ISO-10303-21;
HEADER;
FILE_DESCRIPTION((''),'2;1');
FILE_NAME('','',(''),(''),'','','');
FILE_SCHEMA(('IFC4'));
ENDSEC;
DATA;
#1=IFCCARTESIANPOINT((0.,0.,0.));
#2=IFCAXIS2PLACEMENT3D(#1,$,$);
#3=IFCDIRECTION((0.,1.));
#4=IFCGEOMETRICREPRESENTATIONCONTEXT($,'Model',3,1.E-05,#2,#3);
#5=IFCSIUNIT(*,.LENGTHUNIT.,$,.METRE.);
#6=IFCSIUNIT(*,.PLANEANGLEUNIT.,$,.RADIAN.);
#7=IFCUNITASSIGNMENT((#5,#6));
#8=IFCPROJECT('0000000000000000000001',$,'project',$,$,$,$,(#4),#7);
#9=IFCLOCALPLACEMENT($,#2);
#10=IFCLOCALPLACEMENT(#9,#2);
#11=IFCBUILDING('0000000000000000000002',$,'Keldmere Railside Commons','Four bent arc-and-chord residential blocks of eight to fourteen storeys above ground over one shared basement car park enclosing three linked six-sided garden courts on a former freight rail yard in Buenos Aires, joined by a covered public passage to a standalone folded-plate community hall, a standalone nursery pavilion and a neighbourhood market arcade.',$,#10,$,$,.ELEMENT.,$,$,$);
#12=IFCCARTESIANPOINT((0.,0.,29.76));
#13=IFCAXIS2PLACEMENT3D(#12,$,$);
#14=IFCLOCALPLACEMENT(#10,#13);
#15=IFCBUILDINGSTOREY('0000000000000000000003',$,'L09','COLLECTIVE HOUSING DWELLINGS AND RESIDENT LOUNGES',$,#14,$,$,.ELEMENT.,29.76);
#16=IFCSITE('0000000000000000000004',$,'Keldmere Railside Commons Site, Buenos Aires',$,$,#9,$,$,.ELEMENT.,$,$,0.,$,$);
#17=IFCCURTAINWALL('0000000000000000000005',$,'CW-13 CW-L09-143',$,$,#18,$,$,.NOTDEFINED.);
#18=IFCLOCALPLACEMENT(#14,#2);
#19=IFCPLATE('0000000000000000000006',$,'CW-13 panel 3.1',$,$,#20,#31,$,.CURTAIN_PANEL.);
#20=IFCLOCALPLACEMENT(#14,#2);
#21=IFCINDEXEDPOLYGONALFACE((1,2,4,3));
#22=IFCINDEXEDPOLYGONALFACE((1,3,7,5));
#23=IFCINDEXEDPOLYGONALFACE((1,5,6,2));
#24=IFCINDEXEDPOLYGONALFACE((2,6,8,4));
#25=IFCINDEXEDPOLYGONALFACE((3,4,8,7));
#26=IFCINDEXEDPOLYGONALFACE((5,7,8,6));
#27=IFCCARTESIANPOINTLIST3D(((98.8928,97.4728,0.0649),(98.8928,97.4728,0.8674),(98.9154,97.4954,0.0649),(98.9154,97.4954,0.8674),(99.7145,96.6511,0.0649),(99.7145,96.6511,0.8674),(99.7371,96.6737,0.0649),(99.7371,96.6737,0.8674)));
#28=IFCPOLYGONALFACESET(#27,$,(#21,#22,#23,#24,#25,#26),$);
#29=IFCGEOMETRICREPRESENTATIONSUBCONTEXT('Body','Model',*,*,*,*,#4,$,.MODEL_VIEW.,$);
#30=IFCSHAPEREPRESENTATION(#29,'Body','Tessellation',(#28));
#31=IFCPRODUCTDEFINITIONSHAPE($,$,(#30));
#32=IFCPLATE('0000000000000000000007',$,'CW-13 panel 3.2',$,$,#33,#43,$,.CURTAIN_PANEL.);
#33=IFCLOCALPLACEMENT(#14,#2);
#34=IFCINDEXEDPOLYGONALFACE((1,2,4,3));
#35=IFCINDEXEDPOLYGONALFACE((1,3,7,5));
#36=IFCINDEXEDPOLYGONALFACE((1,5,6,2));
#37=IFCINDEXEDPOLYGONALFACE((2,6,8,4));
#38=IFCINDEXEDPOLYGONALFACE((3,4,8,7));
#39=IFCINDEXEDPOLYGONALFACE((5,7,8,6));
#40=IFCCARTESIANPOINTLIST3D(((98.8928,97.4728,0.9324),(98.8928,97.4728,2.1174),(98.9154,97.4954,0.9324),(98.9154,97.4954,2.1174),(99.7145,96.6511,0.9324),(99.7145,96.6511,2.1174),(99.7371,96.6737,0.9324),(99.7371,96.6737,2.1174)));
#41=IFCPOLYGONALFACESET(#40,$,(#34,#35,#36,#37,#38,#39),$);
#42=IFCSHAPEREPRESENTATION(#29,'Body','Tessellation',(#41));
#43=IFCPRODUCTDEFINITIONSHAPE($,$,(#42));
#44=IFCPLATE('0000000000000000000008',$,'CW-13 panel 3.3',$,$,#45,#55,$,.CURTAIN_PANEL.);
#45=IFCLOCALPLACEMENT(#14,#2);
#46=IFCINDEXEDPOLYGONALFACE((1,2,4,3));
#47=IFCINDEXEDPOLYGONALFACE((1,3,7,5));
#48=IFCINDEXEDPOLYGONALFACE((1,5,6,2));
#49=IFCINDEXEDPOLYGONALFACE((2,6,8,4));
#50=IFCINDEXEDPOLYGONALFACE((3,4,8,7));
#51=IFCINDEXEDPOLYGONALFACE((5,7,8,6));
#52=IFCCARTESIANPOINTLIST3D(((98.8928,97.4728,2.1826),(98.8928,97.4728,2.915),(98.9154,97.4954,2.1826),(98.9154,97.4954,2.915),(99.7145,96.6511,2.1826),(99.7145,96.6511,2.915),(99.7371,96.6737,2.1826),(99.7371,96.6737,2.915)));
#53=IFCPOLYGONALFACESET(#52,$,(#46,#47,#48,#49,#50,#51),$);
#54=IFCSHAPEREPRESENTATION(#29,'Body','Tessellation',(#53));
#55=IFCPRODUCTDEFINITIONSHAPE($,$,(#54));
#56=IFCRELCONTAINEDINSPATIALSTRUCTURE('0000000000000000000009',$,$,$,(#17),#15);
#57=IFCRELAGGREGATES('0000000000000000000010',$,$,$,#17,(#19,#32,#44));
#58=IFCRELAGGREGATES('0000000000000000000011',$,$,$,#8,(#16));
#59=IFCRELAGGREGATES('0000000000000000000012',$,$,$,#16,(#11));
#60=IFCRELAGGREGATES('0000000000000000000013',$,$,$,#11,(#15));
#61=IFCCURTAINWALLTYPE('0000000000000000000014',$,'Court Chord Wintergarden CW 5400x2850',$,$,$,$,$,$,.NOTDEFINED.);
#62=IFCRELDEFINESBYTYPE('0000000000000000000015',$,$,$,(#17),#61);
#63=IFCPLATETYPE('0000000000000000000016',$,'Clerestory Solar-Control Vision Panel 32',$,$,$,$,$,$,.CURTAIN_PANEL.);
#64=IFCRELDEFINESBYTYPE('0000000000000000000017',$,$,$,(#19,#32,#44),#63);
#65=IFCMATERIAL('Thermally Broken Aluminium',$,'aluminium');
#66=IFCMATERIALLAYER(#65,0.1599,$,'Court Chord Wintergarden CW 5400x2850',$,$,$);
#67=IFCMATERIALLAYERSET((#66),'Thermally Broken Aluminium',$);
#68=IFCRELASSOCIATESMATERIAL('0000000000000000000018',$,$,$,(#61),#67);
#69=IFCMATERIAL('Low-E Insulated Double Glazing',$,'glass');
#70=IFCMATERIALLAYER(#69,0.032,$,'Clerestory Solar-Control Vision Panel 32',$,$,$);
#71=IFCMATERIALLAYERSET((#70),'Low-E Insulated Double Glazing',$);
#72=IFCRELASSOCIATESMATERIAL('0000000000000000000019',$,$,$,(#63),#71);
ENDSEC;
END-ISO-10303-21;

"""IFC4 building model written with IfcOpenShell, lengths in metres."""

from ifc_helpers import new_model, si_unit, direction, frame, origin, origin_2d, place, context, subcontext, project, spatial, rectangle, extrude, material, layer, layer_set, type_object, element, aggregate, save


model = new_model("IFC4")

# Units and contexts
model_context = context("Model", 3, precision=1e-05, world=origin(), true_north=direction((0.0, 1.0)))
body_context = subcontext(model_context, "Body", "Model", "MODEL_VIEW")
ifc_project = project(units=[si_unit("LENGTHUNIT", "METRE"), si_unit("PLANEANGLEUNIT", "RADIAN")], contexts=[model_context])

# Site, building, storey
site_placement = place(None, origin())
site = spatial("IfcSite", under=ifc_project, at=site_placement, Name="Keldmere Railside Commons Site, Buenos Aires", CompositionType="ELEMENT", RefElevation=0.0)
building_placement = place(site_placement, origin())
building = spatial("IfcBuilding", under=site, at=building_placement, Name="Keldmere Railside Commons", Description="Four bent arc-and-chord residential blocks of eight to fourteen storeys above ground over one shared basement car park enclosing three linked six-sided garden courts on a former freight rail yard in Buenos Aires, joined by a covered public passage to a standalone folded-plate community hall, a standalone nursery pavilion and a neighbourhood market arcade.", CompositionType="ELEMENT")
storey_placement = place(building_placement, frame((0.0, 0.0, 29.76)))
storey = spatial("IfcBuildingStorey", under=building, at=storey_placement, Name="L09", Description="COLLECTIVE HOUSING DWELLINGS AND RESIDENT LOUNGES", CompositionType="ELEMENT", Elevation=29.76)

# Curtain wall
ifc_material_1 = material(Name="Thermally Broken Aluminium", Category="aluminium")
ifc_layer_1 = layer(ifc_material_1, 0.1599, Name="Court Chord Wintergarden CW 5400x2850")
ifc_layer_set_1 = layer_set([ifc_layer_1], Name="Thermally Broken Aluminium")
curtain_wall_type_1 = type_object("IfcCurtainWallType", Name="Court Chord Wintergarden CW 5400x2850", PredefinedType="NOTDEFINED", material=ifc_layer_set_1)
curtain_wall_1_placement = place(storey_placement, origin())
curtain_wall_1 = element("IfcCurtainWall", 1, at=curtain_wall_1_placement, inside=storey, type_object=curtain_wall_type_1, Name="CW-13 CW-L09-143", PredefinedType="NOTDEFINED")

# Plates
ifc_material_2 = material(Name="Low-E Insulated Double Glazing", Category="glass")
ifc_layer_2 = layer(ifc_material_2, 0.032, Name="Clerestory Solar-Control Vision Panel 32")
ifc_layer_set_2 = layer_set([ifc_layer_2], Name="Low-E Insulated Double Glazing")
plate_type_1 = type_object("IfcPlateType", Name="Clerestory Solar-Control Vision Panel 32", PredefinedType="CURTAIN_PANEL", material=ifc_layer_set_2)
plate_1_placement = place(storey_placement, frame((99.3149, 97.0732, 0.0649), z_axis=(0.0, 0.0, 1.0), x_axis=(-0.707107, 0.707107, 0.0)))
plate_1 = element("IfcPlate", 2, at=plate_1_placement, type_object=plate_type_1, Name="CW-13 panel 3.1", PredefinedType="CURTAIN_PANEL", context=body_context, shape_type="SweptSolid", body=[
    extrude(rectangle(XDim=1.1621, YDim=0.032, at=origin_2d()), origin(), (0.0, 0.0, 1.0), 0.8025),
])
plate_2_placement = place(storey_placement, frame((99.3149, 97.0732, 0.9324), z_axis=(0.0, 0.0, 1.0), x_axis=(-0.707107, 0.707107, 0.0)))
plate_2 = element("IfcPlate", 3, at=plate_2_placement, type_object=plate_type_1, Name="CW-13 panel 3.2", PredefinedType="CURTAIN_PANEL", context=body_context, shape_type="SweptSolid", body=[
    extrude(rectangle(XDim=1.1621, YDim=0.032, at=origin_2d()), origin(), (0.0, 0.0, 1.0), 1.1851),
])
plate_3_placement = place(storey_placement, frame((99.3149, 97.0732, 2.1826), z_axis=(0.0, 0.0, 1.0), x_axis=(-0.707107, 0.707107, 0.0)))
plate_3 = element("IfcPlate", 4, at=plate_3_placement, type_object=plate_type_1, Name="CW-13 panel 3.3", PredefinedType="CURTAIN_PANEL", context=body_context, shape_type="SweptSolid", body=[
    extrude(rectangle(XDim=1.1621, YDim=0.032, at=origin_2d()), origin(), (0.0, 0.0, 1.0), 0.7324),
])
aggregate(curtain_wall_1, [plate_1, plate_2, plate_3])

save(model, "model.ifc")
